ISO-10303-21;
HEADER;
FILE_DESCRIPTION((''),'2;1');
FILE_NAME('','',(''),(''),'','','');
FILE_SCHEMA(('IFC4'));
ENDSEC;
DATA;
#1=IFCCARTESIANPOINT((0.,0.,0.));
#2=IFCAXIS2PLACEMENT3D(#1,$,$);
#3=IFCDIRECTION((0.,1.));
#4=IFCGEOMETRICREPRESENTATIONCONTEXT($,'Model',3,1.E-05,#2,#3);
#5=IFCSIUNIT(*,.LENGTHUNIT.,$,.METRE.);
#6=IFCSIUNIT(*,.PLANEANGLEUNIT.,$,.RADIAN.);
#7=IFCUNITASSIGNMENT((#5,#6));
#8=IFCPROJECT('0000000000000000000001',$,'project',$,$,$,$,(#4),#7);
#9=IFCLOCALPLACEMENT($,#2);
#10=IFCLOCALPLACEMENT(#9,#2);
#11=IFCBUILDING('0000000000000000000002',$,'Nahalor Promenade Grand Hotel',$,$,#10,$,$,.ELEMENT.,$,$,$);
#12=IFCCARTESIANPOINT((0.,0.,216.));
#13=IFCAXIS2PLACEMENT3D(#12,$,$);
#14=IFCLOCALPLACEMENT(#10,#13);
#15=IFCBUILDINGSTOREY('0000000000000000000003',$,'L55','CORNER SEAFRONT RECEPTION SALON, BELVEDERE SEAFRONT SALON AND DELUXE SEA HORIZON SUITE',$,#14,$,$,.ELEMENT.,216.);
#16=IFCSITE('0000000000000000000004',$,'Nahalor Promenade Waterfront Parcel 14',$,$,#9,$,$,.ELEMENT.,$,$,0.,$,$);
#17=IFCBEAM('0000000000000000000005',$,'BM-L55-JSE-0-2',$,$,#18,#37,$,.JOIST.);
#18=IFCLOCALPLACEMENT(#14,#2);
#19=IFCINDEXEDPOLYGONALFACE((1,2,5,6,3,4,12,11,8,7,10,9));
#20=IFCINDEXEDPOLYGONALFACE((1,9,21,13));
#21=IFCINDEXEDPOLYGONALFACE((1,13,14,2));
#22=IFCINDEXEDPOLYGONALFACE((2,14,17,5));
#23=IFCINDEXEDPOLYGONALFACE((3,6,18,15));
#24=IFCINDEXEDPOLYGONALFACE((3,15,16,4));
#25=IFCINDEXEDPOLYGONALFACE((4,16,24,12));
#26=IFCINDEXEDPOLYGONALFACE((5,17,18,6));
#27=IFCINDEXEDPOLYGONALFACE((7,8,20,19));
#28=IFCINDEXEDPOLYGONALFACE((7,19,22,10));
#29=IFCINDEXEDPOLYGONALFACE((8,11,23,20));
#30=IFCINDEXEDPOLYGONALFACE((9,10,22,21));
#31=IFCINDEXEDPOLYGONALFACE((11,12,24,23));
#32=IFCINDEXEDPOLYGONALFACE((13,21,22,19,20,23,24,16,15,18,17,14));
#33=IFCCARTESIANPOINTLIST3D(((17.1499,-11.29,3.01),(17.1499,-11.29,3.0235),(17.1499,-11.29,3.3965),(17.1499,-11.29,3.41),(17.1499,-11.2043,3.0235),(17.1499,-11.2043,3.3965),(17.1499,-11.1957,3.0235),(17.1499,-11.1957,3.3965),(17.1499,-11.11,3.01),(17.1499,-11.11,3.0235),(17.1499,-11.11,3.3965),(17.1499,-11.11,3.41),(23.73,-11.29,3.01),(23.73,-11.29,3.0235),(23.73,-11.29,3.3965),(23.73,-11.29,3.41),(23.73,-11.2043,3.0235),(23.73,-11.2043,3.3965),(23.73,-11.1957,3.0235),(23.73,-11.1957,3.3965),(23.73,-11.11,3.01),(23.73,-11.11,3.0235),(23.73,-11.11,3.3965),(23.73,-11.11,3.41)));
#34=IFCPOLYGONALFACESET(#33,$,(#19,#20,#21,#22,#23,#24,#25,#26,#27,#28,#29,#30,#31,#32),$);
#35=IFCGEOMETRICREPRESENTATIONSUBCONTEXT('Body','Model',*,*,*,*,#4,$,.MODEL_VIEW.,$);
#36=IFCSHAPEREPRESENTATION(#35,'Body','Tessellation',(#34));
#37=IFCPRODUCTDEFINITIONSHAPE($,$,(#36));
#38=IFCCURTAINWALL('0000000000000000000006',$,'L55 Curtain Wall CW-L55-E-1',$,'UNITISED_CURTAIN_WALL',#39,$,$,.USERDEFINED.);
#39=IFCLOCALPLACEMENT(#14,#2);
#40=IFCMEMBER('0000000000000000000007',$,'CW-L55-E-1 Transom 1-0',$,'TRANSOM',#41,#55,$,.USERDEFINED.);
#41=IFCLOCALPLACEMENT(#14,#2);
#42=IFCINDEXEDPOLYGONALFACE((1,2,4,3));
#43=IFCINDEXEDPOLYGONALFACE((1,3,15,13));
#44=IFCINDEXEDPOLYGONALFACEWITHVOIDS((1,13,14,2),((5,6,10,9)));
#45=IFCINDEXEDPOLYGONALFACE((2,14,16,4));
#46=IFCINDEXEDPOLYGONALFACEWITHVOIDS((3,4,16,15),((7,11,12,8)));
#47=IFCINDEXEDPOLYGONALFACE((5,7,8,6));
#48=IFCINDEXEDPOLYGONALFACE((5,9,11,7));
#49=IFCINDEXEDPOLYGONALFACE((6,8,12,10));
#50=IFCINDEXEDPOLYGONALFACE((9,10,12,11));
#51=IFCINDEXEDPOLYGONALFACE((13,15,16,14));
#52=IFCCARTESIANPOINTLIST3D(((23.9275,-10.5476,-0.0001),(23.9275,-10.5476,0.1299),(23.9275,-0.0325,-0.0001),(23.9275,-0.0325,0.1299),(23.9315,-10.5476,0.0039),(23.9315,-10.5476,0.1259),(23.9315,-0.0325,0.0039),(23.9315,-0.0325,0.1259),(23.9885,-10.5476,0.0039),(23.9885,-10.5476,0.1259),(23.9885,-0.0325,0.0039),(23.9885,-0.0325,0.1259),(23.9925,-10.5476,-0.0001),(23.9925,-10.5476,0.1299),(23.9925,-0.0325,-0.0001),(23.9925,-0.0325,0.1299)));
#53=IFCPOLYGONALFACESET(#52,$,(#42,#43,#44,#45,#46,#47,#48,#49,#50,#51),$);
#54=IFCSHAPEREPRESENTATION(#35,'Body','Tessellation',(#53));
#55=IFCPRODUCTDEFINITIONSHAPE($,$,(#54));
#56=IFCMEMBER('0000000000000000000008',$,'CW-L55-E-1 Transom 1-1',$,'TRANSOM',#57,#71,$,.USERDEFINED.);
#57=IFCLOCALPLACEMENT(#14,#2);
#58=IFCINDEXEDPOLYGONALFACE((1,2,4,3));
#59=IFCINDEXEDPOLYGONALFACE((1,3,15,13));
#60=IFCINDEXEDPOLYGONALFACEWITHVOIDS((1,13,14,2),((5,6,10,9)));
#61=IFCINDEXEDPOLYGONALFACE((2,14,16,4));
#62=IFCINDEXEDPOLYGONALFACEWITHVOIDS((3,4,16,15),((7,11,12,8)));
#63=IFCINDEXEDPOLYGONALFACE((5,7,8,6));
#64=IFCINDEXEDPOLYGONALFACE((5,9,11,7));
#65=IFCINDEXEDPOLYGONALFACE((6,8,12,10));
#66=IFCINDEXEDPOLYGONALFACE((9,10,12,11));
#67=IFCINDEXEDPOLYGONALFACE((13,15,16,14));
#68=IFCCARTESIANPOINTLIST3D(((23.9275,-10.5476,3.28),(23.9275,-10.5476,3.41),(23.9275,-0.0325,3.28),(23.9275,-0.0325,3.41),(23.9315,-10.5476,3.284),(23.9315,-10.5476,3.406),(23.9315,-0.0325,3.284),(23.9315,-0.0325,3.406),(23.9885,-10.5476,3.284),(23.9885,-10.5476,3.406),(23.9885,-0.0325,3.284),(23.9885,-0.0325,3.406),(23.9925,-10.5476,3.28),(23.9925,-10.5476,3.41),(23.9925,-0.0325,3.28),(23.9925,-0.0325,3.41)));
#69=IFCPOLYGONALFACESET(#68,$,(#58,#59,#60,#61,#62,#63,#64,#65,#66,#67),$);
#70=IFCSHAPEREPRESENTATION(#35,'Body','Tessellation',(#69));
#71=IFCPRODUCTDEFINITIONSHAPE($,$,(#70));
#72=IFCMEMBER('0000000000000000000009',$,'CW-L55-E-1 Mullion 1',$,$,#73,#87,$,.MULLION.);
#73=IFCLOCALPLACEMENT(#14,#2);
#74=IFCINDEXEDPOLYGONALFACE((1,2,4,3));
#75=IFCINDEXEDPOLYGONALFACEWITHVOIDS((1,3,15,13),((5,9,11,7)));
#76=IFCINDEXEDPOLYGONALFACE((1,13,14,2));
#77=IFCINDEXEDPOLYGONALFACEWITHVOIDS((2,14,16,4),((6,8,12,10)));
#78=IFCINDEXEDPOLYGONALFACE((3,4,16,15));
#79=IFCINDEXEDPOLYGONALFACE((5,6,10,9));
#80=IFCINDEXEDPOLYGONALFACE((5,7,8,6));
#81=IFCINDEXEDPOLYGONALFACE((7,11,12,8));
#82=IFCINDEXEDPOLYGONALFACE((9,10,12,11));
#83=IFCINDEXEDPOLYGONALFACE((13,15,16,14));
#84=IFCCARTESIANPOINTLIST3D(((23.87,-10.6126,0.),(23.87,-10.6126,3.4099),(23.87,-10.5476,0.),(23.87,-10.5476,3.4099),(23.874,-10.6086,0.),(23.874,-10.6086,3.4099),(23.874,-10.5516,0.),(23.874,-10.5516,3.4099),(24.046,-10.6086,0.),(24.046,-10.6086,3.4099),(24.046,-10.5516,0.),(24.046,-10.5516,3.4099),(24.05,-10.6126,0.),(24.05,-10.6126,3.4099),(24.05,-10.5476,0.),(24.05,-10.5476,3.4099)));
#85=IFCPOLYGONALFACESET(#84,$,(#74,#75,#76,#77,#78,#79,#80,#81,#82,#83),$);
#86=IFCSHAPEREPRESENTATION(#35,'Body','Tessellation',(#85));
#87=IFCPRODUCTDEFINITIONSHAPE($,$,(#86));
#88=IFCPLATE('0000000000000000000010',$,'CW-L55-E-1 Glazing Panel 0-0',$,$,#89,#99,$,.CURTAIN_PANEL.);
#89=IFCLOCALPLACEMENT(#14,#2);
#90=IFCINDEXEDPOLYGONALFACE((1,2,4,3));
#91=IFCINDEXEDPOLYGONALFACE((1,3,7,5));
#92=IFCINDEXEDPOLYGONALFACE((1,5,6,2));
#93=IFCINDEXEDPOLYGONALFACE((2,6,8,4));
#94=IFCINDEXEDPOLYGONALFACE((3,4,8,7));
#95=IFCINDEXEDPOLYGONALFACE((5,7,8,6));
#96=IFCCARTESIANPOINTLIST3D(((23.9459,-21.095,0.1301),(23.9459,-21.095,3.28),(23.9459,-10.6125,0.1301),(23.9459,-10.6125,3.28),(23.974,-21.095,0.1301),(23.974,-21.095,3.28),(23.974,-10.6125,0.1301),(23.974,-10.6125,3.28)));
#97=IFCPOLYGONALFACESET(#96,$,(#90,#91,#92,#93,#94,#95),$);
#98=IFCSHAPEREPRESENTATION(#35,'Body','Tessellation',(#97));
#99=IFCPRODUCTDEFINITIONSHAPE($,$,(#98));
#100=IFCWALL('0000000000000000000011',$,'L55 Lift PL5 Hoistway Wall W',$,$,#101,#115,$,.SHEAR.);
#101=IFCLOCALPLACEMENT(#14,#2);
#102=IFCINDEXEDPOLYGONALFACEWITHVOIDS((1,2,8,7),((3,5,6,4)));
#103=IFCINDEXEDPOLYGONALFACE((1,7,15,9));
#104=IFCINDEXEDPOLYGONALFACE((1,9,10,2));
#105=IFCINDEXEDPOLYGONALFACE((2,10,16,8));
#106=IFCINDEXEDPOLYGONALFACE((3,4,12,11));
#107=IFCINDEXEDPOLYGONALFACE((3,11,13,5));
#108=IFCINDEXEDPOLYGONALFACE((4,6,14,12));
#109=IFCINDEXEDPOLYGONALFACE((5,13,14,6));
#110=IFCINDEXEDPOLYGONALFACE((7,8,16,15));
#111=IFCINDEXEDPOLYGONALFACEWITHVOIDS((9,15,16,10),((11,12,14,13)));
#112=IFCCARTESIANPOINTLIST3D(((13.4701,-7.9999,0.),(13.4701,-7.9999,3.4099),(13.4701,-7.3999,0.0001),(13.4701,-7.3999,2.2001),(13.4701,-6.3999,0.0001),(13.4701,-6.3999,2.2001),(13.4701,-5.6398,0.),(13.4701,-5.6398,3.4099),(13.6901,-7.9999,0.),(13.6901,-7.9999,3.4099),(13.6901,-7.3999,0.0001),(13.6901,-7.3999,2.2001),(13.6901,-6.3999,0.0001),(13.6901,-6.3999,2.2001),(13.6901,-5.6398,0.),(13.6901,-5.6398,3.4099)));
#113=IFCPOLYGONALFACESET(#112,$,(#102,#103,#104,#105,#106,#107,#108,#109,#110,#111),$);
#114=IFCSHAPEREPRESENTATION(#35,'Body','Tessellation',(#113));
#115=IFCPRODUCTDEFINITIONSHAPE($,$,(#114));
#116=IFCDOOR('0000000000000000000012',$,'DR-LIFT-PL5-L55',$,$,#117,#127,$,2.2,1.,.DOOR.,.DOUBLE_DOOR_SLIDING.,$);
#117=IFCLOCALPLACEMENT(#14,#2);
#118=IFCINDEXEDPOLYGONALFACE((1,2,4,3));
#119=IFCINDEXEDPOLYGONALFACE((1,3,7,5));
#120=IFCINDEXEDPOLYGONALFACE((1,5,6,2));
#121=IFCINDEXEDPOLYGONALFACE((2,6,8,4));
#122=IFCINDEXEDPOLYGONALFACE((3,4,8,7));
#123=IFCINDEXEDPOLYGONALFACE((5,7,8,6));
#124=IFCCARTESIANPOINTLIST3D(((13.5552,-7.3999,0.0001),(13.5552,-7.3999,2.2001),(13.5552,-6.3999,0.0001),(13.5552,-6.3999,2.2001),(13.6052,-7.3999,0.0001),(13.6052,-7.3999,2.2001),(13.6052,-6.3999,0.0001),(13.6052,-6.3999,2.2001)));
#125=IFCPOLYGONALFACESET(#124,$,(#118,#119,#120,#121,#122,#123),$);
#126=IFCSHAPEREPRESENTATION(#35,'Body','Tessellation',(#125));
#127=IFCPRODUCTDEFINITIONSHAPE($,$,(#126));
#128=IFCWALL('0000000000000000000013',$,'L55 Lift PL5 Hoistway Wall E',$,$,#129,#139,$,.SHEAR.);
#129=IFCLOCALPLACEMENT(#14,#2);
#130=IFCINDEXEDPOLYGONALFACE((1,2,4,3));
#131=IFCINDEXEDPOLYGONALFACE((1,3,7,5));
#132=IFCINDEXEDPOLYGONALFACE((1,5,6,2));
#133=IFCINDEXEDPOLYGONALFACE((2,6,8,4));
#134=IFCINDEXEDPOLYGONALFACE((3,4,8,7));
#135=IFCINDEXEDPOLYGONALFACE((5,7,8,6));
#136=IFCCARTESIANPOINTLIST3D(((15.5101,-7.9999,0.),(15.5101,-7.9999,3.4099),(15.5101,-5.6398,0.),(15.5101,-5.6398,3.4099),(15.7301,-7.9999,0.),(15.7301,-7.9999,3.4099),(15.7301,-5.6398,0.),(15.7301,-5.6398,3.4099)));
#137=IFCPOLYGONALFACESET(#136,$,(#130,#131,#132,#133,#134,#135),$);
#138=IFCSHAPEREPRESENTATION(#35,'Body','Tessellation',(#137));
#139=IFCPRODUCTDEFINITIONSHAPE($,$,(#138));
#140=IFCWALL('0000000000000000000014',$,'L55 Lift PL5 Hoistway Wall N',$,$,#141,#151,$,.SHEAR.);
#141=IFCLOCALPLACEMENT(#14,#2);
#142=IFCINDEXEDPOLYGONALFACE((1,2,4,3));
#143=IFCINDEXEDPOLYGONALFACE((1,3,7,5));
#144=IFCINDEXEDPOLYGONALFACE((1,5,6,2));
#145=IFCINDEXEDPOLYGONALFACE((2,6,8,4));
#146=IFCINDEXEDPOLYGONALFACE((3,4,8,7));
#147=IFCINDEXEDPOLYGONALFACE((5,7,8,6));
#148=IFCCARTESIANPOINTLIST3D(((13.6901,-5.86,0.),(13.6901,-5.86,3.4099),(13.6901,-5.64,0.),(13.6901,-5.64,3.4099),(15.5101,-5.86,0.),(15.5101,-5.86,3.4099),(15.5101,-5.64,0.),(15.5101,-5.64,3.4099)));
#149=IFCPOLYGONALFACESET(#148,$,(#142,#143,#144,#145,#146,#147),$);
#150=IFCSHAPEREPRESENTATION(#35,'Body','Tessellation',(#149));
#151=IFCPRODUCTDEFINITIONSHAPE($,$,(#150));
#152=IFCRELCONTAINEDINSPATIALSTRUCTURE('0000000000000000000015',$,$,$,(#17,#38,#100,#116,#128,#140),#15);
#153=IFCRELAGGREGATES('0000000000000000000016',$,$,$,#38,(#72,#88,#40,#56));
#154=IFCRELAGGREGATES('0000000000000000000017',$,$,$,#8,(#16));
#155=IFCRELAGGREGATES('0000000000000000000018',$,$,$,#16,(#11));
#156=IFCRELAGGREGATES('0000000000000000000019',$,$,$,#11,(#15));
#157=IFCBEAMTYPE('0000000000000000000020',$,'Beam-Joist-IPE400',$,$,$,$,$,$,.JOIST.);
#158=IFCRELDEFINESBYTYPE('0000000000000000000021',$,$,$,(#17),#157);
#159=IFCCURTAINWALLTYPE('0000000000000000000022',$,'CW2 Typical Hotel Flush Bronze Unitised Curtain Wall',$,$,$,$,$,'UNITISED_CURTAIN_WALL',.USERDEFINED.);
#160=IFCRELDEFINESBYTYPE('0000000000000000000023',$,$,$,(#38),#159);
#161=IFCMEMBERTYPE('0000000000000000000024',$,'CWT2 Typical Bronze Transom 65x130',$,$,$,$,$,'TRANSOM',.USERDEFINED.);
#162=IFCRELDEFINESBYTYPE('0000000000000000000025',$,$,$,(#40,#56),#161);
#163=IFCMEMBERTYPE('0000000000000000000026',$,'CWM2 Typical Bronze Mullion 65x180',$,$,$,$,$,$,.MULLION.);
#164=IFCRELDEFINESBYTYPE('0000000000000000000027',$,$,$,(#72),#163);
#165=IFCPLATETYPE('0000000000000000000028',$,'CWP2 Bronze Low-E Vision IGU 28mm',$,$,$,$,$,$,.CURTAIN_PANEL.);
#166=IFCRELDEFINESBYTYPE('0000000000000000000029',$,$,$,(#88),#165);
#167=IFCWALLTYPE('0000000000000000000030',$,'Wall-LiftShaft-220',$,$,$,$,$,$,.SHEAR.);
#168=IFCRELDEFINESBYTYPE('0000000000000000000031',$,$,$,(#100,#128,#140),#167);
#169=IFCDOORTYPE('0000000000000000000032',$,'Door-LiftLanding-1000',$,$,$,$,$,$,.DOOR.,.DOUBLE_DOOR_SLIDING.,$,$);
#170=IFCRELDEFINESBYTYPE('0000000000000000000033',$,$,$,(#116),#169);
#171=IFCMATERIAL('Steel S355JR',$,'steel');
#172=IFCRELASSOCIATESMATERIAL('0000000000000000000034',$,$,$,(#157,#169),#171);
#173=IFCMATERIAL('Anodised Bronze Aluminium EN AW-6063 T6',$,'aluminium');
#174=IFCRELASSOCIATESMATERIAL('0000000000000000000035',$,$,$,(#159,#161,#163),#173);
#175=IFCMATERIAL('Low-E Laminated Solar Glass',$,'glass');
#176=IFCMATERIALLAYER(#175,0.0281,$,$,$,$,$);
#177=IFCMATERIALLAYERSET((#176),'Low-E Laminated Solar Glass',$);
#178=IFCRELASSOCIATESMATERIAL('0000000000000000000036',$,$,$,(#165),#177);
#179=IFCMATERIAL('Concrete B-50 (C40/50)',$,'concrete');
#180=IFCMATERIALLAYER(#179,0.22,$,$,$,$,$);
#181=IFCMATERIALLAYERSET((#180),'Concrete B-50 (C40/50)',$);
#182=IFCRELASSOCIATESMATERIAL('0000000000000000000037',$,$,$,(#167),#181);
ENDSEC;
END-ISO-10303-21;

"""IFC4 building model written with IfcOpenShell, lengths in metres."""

from ifc_helpers import new_model, si_unit, direction, frame, frame_2d, origin, origin_2d, place, context, subcontext, project, spatial, rectangle, hollow_rectangle, i_section, extrude, source, transform, mapped, material, layer, layer_set, material_profile, profile_set, type_object, element, fill, aggregate, save


model = new_model("IFC4")

# Units and contexts
model_context = context("Model", 3, precision=1e-05, world=origin(), true_north=direction((0.0, 1.0)))
body_context = subcontext(model_context, "Body", "Model", "MODEL_VIEW")
ifc_project = project(units=[si_unit("LENGTHUNIT", "METRE"), si_unit("PLANEANGLEUNIT", "RADIAN")], contexts=[model_context])

# Site, building, storey
site_placement = place(None, origin())
site = spatial("IfcSite", under=ifc_project, at=site_placement, Name="Nahalor Promenade Waterfront Parcel 14", CompositionType="ELEMENT", RefElevation=0.0)
building_placement = place(site_placement, origin())
building = spatial("IfcBuilding", under=site, at=building_placement, Name="Nahalor Promenade Grand Hotel", CompositionType="ELEMENT")
storey_placement = place(building_placement, frame((0.0, 0.0, 216.0)))
storey = spatial("IfcBuildingStorey", under=building, at=storey_placement, Name="L55", Description="CORNER SEAFRONT RECEPTION SALON, BELVEDERE SEAFRONT SALON AND DELUXE SEA HORIZON SUITE", CompositionType="ELEMENT", Elevation=216.0)

# Shared definitions
ifc_material_1 = material(Name="Steel S355JR", Category="steel")

# Beam
ifc_material_profile_1 = material_profile(ifc_material_1, i_section(OverallWidth=0.18, OverallDepth=0.4, WebThickness=0.0086, FlangeThickness=0.0135, at=origin_2d()), Name="IPE 400")
ifc_profile_set_1 = profile_set([ifc_material_profile_1], Name="Steel S355JR")
beam_type_1 = type_object("IfcBeamType", Name="Beam-Joist-IPE400", PredefinedType="JOIST", material=ifc_profile_set_1)
shared_shape_1 = source(origin(), body_context, "Body", "SweptSolid", [
    extrude(i_section(OverallWidth=0.18, OverallDepth=0.4, WebThickness=0.0086, FlangeThickness=0.0135, at=origin_2d()), origin(), (0.0, 0.0, 1.0), 6.5801),
])
beam_1_placement = place(storey_placement, frame((17.1499, -11.2, 3.21), z_axis=(1.0, 0.0, 0.0), x_axis=(0.0, 1.0, 0.0)))
element("IfcBeam", 1, at=beam_1_placement, inside=storey, type_object=beam_type_1, Name="BM-L55-JSE-0-2", PredefinedType="JOIST", context=body_context, shape_type="MappedRepresentation", body=[
    mapped(shared_shape_1, transform((0.0, 0.0, 0.0), scale=1.0)),
])

# Curtain wall, members, plate
ifc_material_2 = material(Name="Anodised Bronze Aluminium EN AW-6063 T6", Category="aluminium")
curtain_wall_type = type_object("IfcCurtainWallType", Name="CW2 Typical Hotel Flush Bronze Unitised Curtain Wall", ElementType="UNITISED_CURTAIN_WALL", PredefinedType="USERDEFINED", material=ifc_material_2)
curtain_wall_placement = place(storey_placement, origin())
curtain_wall = element("IfcCurtainWall", 2, at=curtain_wall_placement, inside=storey, type_object=curtain_wall_type, Name="L55 Curtain Wall CW-L55-E-1", ObjectType="UNITISED_CURTAIN_WALL", PredefinedType="USERDEFINED")
ifc_material_profile_2 = material_profile(ifc_material_2, hollow_rectangle(XDim=0.065, YDim=0.13, WallThickness=0.004, at=origin_2d()), Name="CWT 65x130x4")
ifc_profile_set_2 = profile_set([ifc_material_profile_2], Name="Anodised Bronze Aluminium EN AW-6063 T6")
member_type_1 = type_object("IfcMemberType", Name="CWT2 Typical Bronze Transom 65x130", ElementType="TRANSOM", PredefinedType="USERDEFINED", material=ifc_profile_set_2)
shared_shape_2 = source(origin(), body_context, "Body", "SweptSolid", [
    extrude(hollow_rectangle(XDim=0.065, YDim=0.13, WallThickness=0.004, at=origin_2d()), origin(), (0.0, 0.0, 1.0), 10.5151),
])
member_1_placement = place(storey_placement, frame((23.96, -10.5476, 0.0649), z_axis=(0.0, 1.0, 0.0), x_axis=(-1.0, 0.0, 0.0)))
member_1 = element("IfcMember", 3, at=member_1_placement, type_object=member_type_1, Name="CW-L55-E-1 Transom 1-0", ObjectType="TRANSOM", PredefinedType="USERDEFINED", context=body_context, shape_type="MappedRepresentation", body=[
    mapped(shared_shape_2, transform((0.0, 0.0, 0.0), scale=1.0)),
])
member_2_placement = place(storey_placement, frame((23.96, -10.5476, 3.345), z_axis=(0.0, 1.0, 0.0), x_axis=(-1.0, 0.0, 0.0)))
member_2 = element("IfcMember", 4, at=member_2_placement, type_object=member_type_1, Name="CW-L55-E-1 Transom 1-1", ObjectType="TRANSOM", PredefinedType="USERDEFINED", context=body_context, shape_type="MappedRepresentation", body=[
    mapped(shared_shape_2, transform((0.0, 0.0, 0.0), scale=1.0)),
])
ifc_material_profile_3 = material_profile(ifc_material_2, hollow_rectangle(XDim=0.065, YDim=0.18, WallThickness=0.004, at=origin_2d()), Name="CWM 65x180x4")
ifc_profile_set_3 = profile_set([ifc_material_profile_3], Name="Anodised Bronze Aluminium EN AW-6063 T6")
member_type_2 = type_object("IfcMemberType", Name="CWM2 Typical Bronze Mullion 65x180", PredefinedType="MULLION", material=ifc_profile_set_3)
shared_shape_3 = source(origin(), body_context, "Body", "SweptSolid", [
    extrude(hollow_rectangle(XDim=0.065, YDim=0.18, WallThickness=0.004, at=origin_2d()), origin(), (0.0, 0.0, 1.0), 3.4099),
])
member_3_placement = place(storey_placement, frame((23.96, -10.5801, 0.0), z_axis=(0.0, 0.0, 1.0), x_axis=(0.0, 1.0, 0.0)))
member_3 = element("IfcMember", 5, at=member_3_placement, type_object=member_type_2, Name="CW-L55-E-1 Mullion 1", PredefinedType="MULLION", context=body_context, shape_type="MappedRepresentation", body=[
    mapped(shared_shape_3, transform((0.0, 0.0, 0.0), scale=1.0)),
])
ifc_material_3 = material(Name="Low-E Laminated Solar Glass", Category="glass")
ifc_layer_1 = layer(ifc_material_3, 0.0281)
ifc_layer_set_1 = layer_set([ifc_layer_1], Name="Low-E Laminated Solar Glass")
plate_type = type_object("IfcPlateType", Name="CWP2 Bronze Low-E Vision IGU 28mm", PredefinedType="CURTAIN_PANEL", material=ifc_layer_set_1)
shared_shape_4 = source(origin(), body_context, "Body", "SweptSolid", [
    extrude(rectangle(XDim=10.4824, YDim=0.0281, at=origin_2d()), origin(), (0.0, 0.0, 1.0), 3.1499),
])
plate_placement = place(storey_placement, frame((23.96, -15.8538, 0.1301), z_axis=(0.0, 0.0, 1.0), x_axis=(0.0, 1.0, 0.0)))
plate = element("IfcPlate", 6, at=plate_placement, type_object=plate_type, Name="CW-L55-E-1 Glazing Panel 0-0", PredefinedType="CURTAIN_PANEL", context=body_context, shape_type="MappedRepresentation", body=[
    mapped(shared_shape_4, transform((0.0, 0.0, 0.0), scale=1.0)),
])
aggregate(curtain_wall, [member_3, plate, member_1, member_2])

# Wall, opening, door
ifc_material_4 = material(Name="Concrete B-50 (C40/50)", Category="concrete")
ifc_layer_2 = layer(ifc_material_4, 0.22)
ifc_layer_set_2 = layer_set([ifc_layer_2], Name="Concrete B-50 (C40/50)")
wall_type = type_object("IfcWallType", Name="Wall-LiftShaft-220", PredefinedType="SHEAR", material=ifc_layer_set_2)
shared_shape_5 = source(origin(), body_context, "Body", "SweptSolid", [
    extrude(rectangle(XDim=2.3601, YDim=0.22, at=frame_2d((1.1802, 0.0))), origin(), (0.0, 0.0, 1.0), 3.4099),
])
wall_1_placement = place(storey_placement, frame((13.5801, -8.0, 0.0), z_axis=(0.0, 0.0, 1.0), x_axis=(0.0, 1.0, 0.0)))
wall_1 = element("IfcWall", 7, at=wall_1_placement, inside=storey, type_object=wall_type, Name="L55 Lift PL5 Hoistway Wall W", PredefinedType="SHEAR", context=body_context, shape_type="MappedRepresentation", body=[
    mapped(shared_shape_5, transform((0.0, 0.0, 0.0), scale=1.0)),
])
opening_1_placement = place(wall_1_placement, frame((0.6001, 0.0, 0.0)))
opening_1 = element("IfcOpeningElement", 8, at=opening_1_placement, cuts=wall_1, PredefinedType="OPENING", context=body_context, shape_type="SweptSolid", body=[
    extrude(rectangle(XDim=1.0, YDim=2.2, at=frame_2d((0.5, 1.1001))), frame((0.0, 0.1199, 0.0), z_axis=(0.0, -1.0, 0.0), x_axis=(1.0, 0.0, 0.0)), (0.0, 0.0, 1.0), 0.24),
])
door_type = type_object("IfcDoorType", Name="Door-LiftLanding-1000", OperationType="DOUBLE_DOOR_SLIDING", PredefinedType="DOOR", material=ifc_material_1)
shared_shape_6 = source(origin(), body_context, "Body", "SweptSolid", [
    extrude(rectangle(XDim=1.0, YDim=2.2, at=frame_2d((0.5, 1.1001))), frame((0.0, 0.0249, 0.0), z_axis=(0.0, -1.0, 0.0), x_axis=(1.0, 0.0, 0.0)), (0.0, 0.0, 1.0), 0.05),
])
door_1_placement = place(opening_1_placement, origin())
door_1 = element("IfcDoor", 9, at=door_1_placement, inside=storey, type_object=door_type, Name="DR-LIFT-PL5-L55", OperationType="DOUBLE_DOOR_SLIDING", OverallHeight=2.2, OverallWidth=1.0, PredefinedType="DOOR", context=body_context, shape_type="MappedRepresentation", body=[
    mapped(shared_shape_6, transform((0.0, 0.0, 0.0), scale=1.0)),
])
fill(opening_1, door_1)

# Walls
wall_2_placement = place(storey_placement, frame((15.6201, -8.0, 0.0), z_axis=(0.0, 0.0, 1.0), x_axis=(0.0, 1.0, 0.0)))
element("IfcWall", 10, at=wall_2_placement, inside=storey, type_object=wall_type, Name="L55 Lift PL5 Hoistway Wall E", PredefinedType="SHEAR", context=body_context, shape_type="MappedRepresentation", body=[
    mapped(shared_shape_5, transform((0.0, 0.0, 0.0), scale=1.0)),
])
shared_shape_7 = source(origin(), body_context, "Body", "SweptSolid", [
    extrude(rectangle(XDim=1.8201, YDim=0.22, at=frame_2d((0.9102, 0.0))), origin(), (0.0, 0.0, 1.0), 3.4099),
])
wall_3_placement = place(storey_placement, frame((13.6899, -5.75, 0.0), z_axis=(0.0, 0.0, 1.0), x_axis=(1.0, 0.0, 0.0)))
element("IfcWall", 11, at=wall_3_placement, inside=storey, type_object=wall_type, Name="L55 Lift PL5 Hoistway Wall N", PredefinedType="SHEAR", context=body_context, shape_type="MappedRepresentation", body=[
    mapped(shared_shape_7, transform((0.0, 0.0, 0.0), scale=1.0)),
])

save(model, "model.ifc")
